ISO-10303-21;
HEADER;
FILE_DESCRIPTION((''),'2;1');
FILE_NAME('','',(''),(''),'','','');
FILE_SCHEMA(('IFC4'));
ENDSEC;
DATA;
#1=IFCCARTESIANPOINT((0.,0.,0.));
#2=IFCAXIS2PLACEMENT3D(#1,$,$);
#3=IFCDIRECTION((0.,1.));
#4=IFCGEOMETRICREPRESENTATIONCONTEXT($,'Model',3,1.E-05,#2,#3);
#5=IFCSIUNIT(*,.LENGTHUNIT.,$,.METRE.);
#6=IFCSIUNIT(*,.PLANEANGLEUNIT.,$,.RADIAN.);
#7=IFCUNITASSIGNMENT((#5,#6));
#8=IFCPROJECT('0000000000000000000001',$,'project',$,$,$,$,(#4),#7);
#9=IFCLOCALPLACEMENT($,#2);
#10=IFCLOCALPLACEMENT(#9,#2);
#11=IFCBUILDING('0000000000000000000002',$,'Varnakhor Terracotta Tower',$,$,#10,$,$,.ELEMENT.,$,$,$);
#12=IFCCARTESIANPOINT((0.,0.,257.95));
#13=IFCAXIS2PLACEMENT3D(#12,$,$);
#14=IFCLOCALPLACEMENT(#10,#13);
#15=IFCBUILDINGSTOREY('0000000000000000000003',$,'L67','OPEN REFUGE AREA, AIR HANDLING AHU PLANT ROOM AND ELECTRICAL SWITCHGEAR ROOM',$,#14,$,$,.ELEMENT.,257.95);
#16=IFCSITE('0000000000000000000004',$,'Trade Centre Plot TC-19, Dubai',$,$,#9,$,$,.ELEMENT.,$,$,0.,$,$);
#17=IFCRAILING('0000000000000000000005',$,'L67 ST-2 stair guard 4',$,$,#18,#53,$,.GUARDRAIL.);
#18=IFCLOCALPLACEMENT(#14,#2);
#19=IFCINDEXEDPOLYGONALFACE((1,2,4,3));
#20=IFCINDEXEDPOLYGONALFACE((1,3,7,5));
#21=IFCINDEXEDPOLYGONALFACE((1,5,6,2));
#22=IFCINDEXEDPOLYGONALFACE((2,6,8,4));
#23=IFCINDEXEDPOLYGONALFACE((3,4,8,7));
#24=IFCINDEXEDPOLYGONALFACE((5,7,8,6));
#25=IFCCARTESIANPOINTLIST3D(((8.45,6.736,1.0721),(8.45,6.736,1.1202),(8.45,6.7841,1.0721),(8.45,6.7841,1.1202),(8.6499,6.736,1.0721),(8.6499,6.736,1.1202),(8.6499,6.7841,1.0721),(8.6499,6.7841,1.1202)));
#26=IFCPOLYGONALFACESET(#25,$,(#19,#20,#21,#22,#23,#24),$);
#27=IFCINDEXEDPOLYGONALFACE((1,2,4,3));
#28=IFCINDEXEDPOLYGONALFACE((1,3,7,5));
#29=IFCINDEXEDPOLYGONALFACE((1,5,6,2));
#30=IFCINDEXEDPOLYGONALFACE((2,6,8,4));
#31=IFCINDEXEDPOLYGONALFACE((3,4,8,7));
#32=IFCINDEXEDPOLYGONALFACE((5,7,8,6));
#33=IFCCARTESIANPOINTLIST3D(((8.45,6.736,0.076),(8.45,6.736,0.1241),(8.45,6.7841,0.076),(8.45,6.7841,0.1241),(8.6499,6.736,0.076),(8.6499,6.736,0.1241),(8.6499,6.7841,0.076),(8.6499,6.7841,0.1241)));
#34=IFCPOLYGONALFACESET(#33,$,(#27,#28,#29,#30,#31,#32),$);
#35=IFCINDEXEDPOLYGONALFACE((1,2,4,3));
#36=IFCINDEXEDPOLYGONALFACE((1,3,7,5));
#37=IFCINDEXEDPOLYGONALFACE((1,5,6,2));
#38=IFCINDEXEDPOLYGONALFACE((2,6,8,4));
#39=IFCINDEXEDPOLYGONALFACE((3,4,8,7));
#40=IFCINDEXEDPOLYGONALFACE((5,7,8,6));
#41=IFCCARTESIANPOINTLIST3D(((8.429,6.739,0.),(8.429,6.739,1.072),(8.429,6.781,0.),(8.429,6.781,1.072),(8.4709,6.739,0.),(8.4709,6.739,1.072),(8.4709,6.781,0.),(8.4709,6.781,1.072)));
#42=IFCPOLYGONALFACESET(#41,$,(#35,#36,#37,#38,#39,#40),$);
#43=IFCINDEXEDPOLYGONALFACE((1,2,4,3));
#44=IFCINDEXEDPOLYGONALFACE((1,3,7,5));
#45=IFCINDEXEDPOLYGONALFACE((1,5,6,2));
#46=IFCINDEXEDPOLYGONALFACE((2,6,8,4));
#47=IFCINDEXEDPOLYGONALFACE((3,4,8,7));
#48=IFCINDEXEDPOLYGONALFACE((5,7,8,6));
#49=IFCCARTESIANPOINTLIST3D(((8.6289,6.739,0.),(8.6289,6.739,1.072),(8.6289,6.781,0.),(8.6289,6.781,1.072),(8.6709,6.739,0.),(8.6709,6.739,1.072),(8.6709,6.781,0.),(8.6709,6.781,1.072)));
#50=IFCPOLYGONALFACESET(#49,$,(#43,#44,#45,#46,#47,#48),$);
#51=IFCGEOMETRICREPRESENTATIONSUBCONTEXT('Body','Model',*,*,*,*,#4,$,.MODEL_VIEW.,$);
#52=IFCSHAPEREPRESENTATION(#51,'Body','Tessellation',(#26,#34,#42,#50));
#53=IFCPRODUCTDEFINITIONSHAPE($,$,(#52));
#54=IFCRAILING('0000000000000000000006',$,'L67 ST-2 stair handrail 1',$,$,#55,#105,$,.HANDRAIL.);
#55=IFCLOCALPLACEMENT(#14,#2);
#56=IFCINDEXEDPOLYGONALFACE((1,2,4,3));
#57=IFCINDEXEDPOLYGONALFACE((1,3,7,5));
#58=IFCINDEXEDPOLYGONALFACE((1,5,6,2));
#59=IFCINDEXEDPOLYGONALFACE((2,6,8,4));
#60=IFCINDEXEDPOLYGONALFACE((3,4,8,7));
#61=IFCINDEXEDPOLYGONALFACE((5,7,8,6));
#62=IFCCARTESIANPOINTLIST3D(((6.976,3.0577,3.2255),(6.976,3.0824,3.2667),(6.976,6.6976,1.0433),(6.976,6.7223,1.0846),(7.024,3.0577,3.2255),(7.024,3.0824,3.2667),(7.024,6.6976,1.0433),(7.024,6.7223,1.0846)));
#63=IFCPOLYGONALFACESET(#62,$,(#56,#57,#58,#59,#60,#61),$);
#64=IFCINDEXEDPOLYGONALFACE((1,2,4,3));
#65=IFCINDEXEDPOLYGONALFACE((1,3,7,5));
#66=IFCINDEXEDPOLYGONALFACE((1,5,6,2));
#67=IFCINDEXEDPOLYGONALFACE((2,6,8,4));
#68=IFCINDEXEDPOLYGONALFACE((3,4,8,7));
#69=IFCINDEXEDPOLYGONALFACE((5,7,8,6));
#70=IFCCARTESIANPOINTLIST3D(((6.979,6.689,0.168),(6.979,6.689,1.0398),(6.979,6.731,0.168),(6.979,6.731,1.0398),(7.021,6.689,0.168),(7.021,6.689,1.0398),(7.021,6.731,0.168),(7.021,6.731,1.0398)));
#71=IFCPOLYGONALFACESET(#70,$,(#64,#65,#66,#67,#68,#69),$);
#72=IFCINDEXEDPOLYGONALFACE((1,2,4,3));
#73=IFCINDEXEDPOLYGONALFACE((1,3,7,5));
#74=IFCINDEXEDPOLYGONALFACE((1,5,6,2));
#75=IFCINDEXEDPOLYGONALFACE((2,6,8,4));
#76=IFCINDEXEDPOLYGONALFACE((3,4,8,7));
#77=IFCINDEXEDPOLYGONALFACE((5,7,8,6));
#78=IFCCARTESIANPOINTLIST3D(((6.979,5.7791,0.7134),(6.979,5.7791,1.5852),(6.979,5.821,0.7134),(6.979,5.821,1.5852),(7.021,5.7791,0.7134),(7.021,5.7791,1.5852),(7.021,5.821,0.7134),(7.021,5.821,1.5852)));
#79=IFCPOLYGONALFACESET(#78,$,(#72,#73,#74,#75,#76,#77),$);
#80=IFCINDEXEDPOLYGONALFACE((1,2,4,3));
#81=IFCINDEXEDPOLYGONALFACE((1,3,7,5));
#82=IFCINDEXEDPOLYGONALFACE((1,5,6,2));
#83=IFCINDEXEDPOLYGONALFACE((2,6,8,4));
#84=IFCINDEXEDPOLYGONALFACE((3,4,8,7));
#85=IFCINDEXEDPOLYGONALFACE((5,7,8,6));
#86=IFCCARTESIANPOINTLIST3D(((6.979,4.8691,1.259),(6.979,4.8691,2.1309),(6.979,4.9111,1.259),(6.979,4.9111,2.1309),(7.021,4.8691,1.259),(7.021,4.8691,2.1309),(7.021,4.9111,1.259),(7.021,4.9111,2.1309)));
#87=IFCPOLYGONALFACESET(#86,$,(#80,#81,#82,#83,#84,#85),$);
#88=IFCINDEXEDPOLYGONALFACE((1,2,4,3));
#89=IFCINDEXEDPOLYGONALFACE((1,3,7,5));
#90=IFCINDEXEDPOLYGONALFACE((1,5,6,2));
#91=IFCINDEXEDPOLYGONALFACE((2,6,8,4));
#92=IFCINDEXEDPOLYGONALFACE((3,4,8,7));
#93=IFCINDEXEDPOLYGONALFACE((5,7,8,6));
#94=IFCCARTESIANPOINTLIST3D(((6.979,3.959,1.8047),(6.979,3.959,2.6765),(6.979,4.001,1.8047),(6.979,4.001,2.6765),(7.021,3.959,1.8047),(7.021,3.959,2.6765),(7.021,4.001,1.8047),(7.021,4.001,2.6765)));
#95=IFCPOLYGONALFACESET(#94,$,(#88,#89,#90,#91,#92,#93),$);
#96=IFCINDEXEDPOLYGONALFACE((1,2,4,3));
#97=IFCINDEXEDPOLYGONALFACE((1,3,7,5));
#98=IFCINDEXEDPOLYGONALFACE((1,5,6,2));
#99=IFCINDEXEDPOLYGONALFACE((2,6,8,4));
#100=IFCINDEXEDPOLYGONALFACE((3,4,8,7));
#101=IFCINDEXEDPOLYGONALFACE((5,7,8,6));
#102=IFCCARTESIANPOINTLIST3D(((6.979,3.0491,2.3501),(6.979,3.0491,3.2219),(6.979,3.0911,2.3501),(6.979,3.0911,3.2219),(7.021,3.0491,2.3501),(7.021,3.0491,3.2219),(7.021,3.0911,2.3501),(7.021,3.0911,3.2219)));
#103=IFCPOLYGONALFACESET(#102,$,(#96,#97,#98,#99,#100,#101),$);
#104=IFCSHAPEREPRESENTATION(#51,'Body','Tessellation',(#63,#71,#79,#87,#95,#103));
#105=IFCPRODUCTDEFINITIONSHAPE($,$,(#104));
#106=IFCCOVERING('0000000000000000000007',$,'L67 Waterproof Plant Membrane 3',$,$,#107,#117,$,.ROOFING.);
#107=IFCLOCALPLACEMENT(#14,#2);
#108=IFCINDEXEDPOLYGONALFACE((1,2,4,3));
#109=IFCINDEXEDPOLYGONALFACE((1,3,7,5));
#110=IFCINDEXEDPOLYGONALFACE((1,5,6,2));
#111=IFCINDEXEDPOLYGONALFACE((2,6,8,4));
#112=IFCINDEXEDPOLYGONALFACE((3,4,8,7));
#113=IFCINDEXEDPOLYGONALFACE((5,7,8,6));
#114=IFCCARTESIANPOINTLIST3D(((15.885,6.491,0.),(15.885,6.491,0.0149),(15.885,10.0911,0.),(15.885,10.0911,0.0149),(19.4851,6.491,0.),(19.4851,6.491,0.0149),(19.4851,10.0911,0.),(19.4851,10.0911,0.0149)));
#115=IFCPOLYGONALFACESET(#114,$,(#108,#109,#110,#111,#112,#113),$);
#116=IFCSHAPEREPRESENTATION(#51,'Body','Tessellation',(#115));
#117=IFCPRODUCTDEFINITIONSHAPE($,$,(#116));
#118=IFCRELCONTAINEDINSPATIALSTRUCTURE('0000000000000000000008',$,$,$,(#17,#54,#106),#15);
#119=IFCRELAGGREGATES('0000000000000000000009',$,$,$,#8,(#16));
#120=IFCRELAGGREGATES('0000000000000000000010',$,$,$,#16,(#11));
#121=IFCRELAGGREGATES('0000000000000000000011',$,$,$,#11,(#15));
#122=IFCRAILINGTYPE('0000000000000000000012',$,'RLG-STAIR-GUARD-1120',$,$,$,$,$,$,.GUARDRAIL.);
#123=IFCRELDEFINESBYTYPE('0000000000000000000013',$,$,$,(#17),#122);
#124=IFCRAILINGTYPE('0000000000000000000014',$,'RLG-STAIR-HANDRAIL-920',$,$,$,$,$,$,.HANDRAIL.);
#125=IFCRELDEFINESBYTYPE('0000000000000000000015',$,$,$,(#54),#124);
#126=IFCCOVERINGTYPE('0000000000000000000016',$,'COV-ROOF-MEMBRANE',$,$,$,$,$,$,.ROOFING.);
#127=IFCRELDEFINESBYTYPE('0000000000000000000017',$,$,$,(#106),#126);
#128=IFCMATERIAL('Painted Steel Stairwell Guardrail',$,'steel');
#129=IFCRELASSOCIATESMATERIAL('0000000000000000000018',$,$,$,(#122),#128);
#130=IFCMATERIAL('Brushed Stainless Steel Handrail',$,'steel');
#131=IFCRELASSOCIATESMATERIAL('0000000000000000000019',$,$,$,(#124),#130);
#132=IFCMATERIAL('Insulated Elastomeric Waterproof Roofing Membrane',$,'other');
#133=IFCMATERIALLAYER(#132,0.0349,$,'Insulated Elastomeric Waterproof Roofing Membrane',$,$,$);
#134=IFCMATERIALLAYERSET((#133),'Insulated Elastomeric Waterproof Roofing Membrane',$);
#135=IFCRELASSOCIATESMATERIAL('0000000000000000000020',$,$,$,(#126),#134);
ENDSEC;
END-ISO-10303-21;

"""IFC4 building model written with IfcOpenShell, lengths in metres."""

from ifc_helpers import new_model, si_unit, direction, frame, origin, origin_2d, place, context, subcontext, project, spatial, rectangle, extrude, source, transform, mapped, material, layer, layer_set, type_object, type_shapes, element, save


model = new_model("IFC4")

# Units and contexts
model_context = context("Model", 3, precision=1e-05, world=origin(), true_north=direction((0.0, 1.0)))
body_context = subcontext(model_context, "Body", "Model", "MODEL_VIEW")
ifc_project = project(units=[si_unit("LENGTHUNIT", "METRE"), si_unit("PLANEANGLEUNIT", "RADIAN")], contexts=[model_context])

# Site, building, storey
site_placement = place(None, origin())
site = spatial("IfcSite", under=ifc_project, at=site_placement, Name="Trade Centre Plot TC-19, Dubai", CompositionType="ELEMENT", RefElevation=0.0)
building_placement = place(site_placement, origin())
building = spatial("IfcBuilding", under=site, at=building_placement, Name="Varnakhor Terracotta Tower", CompositionType="ELEMENT")
storey_placement = place(building_placement, frame((0.0, 0.0, 257.95)))
storey = spatial("IfcBuildingStorey", under=building, at=storey_placement, Name="L67", Description="OPEN REFUGE AREA, AIR HANDLING AHU PLANT ROOM AND ELECTRICAL SWITCHGEAR ROOM", CompositionType="ELEMENT", Elevation=257.95)

# Railings
ifc_material_1 = material(Name="Painted Steel Stairwell Guardrail", Category="steel")
railing_type_1 = type_object("IfcRailingType", Name="RLG-STAIR-GUARD-1120", PredefinedType="GUARDRAIL", material=ifc_material_1)
railing_1_placement = place(storey_placement, frame((8.45, 6.76, 0.0)))
element("IfcRailing", 1, at=railing_1_placement, inside=storey, type_object=railing_type_1, Name="L67 ST-2 stair guard 4", PredefinedType="GUARDRAIL", context=body_context, shape_type="SweptSolid", body=[
    extrude(rectangle(XDim=0.0481, YDim=0.0481, at=origin_2d()), frame((0.0, 0.0, 1.0962), z_axis=(1.0, 0.0, 0.0), x_axis=(0.0, 1.0, 0.0)), (0.0, 0.0, 1.0), 0.2),
    extrude(rectangle(XDim=0.0481, YDim=0.0481, at=origin_2d()), frame((0.0, 0.0, 0.1001), z_axis=(1.0, 0.0, 0.0), x_axis=(0.0, 1.0, 0.0)), (0.0, 0.0, 1.0), 0.2),
    extrude(rectangle(XDim=0.042, YDim=0.042, at=origin_2d()), origin(), (0.0, 0.0, 1.0), 1.072),
    extrude(rectangle(XDim=0.042, YDim=0.042, at=origin_2d()), frame((0.2, 0.0, 0.0)), (0.0, 0.0, 1.0), 1.072),
])
ifc_material_2 = material(Name="Brushed Stainless Steel Handrail", Category="steel")
railing_type_2 = type_object("IfcRailingType", Name="RLG-STAIR-HANDRAIL-920", PredefinedType="HANDRAIL", material=ifc_material_2)
railing_2_placement = place(storey_placement, frame((7.0, 6.71, 0.168)))
element("IfcRailing", 2, at=railing_2_placement, inside=storey, type_object=railing_type_2, Name="L67 ST-2 stair handrail 1", PredefinedType="HANDRAIL", context=body_context, shape_type="SweptSolid", body=[
    extrude(rectangle(XDim=0.0481, YDim=0.0481, at=origin_2d()), frame((0.0, 0.0, 0.896), z_axis=(0.0, -0.857681, 0.514183), x_axis=(1.0, 0.0, 0.0)), (0.0, 0.0, 1.0), 4.2439),
    extrude(rectangle(XDim=0.042, YDim=0.042, at=origin_2d()), origin(), (0.0, 0.0, 1.0), 0.8718),
    extrude(rectangle(XDim=0.042, YDim=0.042, at=origin_2d()), frame((0.0, -0.9099, 0.5454)), (0.0, 0.0, 1.0), 0.8718),
    extrude(rectangle(XDim=0.042, YDim=0.042, at=origin_2d()), frame((0.0, -1.8198, 1.0911)), (0.0, 0.0, 1.0), 0.8718),
    extrude(rectangle(XDim=0.042, YDim=0.042, at=origin_2d()), frame((0.0, -2.73, 1.6367)), (0.0, 0.0, 1.0), 0.8718),
    extrude(rectangle(XDim=0.042, YDim=0.042, at=origin_2d()), frame((0.0, -3.6399, 2.1821)), (0.0, 0.0, 1.0), 0.8718),
])

# Covering
ifc_material_3 = material(Name="Insulated Elastomeric Waterproof Roofing Membrane", Category="other")
ifc_layer_1 = layer(ifc_material_3, 0.0349, Name="Insulated Elastomeric Waterproof Roofing Membrane")
ifc_layer_set_1 = layer_set([ifc_layer_1], Name="Insulated Elastomeric Waterproof Roofing Membrane")
covering_type = type_object("IfcCoveringType", Name="COV-ROOF-MEMBRANE", PredefinedType="ROOFING", material=ifc_layer_set_1)
shared_shape_1 = source(origin(), body_context, "Body", "SweptSolid", [
    extrude(rectangle(XDim=3.6001, YDim=3.6001, at=origin_2d()), origin(), (0.0, 0.0, 1.0), 0.0149),
])
type_shapes(covering_type, [shared_shape_1])
covering_placement = place(storey_placement, frame((17.6851, 8.291, 0.0), z_axis=(0.0, 0.0, 1.0), x_axis=(1.0, 0.0, 0.0)))
element("IfcCovering", 3, at=covering_placement, inside=storey, type_object=covering_type, Name="L67 Waterproof Plant Membrane 3", PredefinedType="ROOFING", context=body_context, shape_type="MappedRepresentation", body=[
    mapped(shared_shape_1, transform((0.0, 0.0, 0.0), scale=1.0)),
])

save(model, "model.ifc")
